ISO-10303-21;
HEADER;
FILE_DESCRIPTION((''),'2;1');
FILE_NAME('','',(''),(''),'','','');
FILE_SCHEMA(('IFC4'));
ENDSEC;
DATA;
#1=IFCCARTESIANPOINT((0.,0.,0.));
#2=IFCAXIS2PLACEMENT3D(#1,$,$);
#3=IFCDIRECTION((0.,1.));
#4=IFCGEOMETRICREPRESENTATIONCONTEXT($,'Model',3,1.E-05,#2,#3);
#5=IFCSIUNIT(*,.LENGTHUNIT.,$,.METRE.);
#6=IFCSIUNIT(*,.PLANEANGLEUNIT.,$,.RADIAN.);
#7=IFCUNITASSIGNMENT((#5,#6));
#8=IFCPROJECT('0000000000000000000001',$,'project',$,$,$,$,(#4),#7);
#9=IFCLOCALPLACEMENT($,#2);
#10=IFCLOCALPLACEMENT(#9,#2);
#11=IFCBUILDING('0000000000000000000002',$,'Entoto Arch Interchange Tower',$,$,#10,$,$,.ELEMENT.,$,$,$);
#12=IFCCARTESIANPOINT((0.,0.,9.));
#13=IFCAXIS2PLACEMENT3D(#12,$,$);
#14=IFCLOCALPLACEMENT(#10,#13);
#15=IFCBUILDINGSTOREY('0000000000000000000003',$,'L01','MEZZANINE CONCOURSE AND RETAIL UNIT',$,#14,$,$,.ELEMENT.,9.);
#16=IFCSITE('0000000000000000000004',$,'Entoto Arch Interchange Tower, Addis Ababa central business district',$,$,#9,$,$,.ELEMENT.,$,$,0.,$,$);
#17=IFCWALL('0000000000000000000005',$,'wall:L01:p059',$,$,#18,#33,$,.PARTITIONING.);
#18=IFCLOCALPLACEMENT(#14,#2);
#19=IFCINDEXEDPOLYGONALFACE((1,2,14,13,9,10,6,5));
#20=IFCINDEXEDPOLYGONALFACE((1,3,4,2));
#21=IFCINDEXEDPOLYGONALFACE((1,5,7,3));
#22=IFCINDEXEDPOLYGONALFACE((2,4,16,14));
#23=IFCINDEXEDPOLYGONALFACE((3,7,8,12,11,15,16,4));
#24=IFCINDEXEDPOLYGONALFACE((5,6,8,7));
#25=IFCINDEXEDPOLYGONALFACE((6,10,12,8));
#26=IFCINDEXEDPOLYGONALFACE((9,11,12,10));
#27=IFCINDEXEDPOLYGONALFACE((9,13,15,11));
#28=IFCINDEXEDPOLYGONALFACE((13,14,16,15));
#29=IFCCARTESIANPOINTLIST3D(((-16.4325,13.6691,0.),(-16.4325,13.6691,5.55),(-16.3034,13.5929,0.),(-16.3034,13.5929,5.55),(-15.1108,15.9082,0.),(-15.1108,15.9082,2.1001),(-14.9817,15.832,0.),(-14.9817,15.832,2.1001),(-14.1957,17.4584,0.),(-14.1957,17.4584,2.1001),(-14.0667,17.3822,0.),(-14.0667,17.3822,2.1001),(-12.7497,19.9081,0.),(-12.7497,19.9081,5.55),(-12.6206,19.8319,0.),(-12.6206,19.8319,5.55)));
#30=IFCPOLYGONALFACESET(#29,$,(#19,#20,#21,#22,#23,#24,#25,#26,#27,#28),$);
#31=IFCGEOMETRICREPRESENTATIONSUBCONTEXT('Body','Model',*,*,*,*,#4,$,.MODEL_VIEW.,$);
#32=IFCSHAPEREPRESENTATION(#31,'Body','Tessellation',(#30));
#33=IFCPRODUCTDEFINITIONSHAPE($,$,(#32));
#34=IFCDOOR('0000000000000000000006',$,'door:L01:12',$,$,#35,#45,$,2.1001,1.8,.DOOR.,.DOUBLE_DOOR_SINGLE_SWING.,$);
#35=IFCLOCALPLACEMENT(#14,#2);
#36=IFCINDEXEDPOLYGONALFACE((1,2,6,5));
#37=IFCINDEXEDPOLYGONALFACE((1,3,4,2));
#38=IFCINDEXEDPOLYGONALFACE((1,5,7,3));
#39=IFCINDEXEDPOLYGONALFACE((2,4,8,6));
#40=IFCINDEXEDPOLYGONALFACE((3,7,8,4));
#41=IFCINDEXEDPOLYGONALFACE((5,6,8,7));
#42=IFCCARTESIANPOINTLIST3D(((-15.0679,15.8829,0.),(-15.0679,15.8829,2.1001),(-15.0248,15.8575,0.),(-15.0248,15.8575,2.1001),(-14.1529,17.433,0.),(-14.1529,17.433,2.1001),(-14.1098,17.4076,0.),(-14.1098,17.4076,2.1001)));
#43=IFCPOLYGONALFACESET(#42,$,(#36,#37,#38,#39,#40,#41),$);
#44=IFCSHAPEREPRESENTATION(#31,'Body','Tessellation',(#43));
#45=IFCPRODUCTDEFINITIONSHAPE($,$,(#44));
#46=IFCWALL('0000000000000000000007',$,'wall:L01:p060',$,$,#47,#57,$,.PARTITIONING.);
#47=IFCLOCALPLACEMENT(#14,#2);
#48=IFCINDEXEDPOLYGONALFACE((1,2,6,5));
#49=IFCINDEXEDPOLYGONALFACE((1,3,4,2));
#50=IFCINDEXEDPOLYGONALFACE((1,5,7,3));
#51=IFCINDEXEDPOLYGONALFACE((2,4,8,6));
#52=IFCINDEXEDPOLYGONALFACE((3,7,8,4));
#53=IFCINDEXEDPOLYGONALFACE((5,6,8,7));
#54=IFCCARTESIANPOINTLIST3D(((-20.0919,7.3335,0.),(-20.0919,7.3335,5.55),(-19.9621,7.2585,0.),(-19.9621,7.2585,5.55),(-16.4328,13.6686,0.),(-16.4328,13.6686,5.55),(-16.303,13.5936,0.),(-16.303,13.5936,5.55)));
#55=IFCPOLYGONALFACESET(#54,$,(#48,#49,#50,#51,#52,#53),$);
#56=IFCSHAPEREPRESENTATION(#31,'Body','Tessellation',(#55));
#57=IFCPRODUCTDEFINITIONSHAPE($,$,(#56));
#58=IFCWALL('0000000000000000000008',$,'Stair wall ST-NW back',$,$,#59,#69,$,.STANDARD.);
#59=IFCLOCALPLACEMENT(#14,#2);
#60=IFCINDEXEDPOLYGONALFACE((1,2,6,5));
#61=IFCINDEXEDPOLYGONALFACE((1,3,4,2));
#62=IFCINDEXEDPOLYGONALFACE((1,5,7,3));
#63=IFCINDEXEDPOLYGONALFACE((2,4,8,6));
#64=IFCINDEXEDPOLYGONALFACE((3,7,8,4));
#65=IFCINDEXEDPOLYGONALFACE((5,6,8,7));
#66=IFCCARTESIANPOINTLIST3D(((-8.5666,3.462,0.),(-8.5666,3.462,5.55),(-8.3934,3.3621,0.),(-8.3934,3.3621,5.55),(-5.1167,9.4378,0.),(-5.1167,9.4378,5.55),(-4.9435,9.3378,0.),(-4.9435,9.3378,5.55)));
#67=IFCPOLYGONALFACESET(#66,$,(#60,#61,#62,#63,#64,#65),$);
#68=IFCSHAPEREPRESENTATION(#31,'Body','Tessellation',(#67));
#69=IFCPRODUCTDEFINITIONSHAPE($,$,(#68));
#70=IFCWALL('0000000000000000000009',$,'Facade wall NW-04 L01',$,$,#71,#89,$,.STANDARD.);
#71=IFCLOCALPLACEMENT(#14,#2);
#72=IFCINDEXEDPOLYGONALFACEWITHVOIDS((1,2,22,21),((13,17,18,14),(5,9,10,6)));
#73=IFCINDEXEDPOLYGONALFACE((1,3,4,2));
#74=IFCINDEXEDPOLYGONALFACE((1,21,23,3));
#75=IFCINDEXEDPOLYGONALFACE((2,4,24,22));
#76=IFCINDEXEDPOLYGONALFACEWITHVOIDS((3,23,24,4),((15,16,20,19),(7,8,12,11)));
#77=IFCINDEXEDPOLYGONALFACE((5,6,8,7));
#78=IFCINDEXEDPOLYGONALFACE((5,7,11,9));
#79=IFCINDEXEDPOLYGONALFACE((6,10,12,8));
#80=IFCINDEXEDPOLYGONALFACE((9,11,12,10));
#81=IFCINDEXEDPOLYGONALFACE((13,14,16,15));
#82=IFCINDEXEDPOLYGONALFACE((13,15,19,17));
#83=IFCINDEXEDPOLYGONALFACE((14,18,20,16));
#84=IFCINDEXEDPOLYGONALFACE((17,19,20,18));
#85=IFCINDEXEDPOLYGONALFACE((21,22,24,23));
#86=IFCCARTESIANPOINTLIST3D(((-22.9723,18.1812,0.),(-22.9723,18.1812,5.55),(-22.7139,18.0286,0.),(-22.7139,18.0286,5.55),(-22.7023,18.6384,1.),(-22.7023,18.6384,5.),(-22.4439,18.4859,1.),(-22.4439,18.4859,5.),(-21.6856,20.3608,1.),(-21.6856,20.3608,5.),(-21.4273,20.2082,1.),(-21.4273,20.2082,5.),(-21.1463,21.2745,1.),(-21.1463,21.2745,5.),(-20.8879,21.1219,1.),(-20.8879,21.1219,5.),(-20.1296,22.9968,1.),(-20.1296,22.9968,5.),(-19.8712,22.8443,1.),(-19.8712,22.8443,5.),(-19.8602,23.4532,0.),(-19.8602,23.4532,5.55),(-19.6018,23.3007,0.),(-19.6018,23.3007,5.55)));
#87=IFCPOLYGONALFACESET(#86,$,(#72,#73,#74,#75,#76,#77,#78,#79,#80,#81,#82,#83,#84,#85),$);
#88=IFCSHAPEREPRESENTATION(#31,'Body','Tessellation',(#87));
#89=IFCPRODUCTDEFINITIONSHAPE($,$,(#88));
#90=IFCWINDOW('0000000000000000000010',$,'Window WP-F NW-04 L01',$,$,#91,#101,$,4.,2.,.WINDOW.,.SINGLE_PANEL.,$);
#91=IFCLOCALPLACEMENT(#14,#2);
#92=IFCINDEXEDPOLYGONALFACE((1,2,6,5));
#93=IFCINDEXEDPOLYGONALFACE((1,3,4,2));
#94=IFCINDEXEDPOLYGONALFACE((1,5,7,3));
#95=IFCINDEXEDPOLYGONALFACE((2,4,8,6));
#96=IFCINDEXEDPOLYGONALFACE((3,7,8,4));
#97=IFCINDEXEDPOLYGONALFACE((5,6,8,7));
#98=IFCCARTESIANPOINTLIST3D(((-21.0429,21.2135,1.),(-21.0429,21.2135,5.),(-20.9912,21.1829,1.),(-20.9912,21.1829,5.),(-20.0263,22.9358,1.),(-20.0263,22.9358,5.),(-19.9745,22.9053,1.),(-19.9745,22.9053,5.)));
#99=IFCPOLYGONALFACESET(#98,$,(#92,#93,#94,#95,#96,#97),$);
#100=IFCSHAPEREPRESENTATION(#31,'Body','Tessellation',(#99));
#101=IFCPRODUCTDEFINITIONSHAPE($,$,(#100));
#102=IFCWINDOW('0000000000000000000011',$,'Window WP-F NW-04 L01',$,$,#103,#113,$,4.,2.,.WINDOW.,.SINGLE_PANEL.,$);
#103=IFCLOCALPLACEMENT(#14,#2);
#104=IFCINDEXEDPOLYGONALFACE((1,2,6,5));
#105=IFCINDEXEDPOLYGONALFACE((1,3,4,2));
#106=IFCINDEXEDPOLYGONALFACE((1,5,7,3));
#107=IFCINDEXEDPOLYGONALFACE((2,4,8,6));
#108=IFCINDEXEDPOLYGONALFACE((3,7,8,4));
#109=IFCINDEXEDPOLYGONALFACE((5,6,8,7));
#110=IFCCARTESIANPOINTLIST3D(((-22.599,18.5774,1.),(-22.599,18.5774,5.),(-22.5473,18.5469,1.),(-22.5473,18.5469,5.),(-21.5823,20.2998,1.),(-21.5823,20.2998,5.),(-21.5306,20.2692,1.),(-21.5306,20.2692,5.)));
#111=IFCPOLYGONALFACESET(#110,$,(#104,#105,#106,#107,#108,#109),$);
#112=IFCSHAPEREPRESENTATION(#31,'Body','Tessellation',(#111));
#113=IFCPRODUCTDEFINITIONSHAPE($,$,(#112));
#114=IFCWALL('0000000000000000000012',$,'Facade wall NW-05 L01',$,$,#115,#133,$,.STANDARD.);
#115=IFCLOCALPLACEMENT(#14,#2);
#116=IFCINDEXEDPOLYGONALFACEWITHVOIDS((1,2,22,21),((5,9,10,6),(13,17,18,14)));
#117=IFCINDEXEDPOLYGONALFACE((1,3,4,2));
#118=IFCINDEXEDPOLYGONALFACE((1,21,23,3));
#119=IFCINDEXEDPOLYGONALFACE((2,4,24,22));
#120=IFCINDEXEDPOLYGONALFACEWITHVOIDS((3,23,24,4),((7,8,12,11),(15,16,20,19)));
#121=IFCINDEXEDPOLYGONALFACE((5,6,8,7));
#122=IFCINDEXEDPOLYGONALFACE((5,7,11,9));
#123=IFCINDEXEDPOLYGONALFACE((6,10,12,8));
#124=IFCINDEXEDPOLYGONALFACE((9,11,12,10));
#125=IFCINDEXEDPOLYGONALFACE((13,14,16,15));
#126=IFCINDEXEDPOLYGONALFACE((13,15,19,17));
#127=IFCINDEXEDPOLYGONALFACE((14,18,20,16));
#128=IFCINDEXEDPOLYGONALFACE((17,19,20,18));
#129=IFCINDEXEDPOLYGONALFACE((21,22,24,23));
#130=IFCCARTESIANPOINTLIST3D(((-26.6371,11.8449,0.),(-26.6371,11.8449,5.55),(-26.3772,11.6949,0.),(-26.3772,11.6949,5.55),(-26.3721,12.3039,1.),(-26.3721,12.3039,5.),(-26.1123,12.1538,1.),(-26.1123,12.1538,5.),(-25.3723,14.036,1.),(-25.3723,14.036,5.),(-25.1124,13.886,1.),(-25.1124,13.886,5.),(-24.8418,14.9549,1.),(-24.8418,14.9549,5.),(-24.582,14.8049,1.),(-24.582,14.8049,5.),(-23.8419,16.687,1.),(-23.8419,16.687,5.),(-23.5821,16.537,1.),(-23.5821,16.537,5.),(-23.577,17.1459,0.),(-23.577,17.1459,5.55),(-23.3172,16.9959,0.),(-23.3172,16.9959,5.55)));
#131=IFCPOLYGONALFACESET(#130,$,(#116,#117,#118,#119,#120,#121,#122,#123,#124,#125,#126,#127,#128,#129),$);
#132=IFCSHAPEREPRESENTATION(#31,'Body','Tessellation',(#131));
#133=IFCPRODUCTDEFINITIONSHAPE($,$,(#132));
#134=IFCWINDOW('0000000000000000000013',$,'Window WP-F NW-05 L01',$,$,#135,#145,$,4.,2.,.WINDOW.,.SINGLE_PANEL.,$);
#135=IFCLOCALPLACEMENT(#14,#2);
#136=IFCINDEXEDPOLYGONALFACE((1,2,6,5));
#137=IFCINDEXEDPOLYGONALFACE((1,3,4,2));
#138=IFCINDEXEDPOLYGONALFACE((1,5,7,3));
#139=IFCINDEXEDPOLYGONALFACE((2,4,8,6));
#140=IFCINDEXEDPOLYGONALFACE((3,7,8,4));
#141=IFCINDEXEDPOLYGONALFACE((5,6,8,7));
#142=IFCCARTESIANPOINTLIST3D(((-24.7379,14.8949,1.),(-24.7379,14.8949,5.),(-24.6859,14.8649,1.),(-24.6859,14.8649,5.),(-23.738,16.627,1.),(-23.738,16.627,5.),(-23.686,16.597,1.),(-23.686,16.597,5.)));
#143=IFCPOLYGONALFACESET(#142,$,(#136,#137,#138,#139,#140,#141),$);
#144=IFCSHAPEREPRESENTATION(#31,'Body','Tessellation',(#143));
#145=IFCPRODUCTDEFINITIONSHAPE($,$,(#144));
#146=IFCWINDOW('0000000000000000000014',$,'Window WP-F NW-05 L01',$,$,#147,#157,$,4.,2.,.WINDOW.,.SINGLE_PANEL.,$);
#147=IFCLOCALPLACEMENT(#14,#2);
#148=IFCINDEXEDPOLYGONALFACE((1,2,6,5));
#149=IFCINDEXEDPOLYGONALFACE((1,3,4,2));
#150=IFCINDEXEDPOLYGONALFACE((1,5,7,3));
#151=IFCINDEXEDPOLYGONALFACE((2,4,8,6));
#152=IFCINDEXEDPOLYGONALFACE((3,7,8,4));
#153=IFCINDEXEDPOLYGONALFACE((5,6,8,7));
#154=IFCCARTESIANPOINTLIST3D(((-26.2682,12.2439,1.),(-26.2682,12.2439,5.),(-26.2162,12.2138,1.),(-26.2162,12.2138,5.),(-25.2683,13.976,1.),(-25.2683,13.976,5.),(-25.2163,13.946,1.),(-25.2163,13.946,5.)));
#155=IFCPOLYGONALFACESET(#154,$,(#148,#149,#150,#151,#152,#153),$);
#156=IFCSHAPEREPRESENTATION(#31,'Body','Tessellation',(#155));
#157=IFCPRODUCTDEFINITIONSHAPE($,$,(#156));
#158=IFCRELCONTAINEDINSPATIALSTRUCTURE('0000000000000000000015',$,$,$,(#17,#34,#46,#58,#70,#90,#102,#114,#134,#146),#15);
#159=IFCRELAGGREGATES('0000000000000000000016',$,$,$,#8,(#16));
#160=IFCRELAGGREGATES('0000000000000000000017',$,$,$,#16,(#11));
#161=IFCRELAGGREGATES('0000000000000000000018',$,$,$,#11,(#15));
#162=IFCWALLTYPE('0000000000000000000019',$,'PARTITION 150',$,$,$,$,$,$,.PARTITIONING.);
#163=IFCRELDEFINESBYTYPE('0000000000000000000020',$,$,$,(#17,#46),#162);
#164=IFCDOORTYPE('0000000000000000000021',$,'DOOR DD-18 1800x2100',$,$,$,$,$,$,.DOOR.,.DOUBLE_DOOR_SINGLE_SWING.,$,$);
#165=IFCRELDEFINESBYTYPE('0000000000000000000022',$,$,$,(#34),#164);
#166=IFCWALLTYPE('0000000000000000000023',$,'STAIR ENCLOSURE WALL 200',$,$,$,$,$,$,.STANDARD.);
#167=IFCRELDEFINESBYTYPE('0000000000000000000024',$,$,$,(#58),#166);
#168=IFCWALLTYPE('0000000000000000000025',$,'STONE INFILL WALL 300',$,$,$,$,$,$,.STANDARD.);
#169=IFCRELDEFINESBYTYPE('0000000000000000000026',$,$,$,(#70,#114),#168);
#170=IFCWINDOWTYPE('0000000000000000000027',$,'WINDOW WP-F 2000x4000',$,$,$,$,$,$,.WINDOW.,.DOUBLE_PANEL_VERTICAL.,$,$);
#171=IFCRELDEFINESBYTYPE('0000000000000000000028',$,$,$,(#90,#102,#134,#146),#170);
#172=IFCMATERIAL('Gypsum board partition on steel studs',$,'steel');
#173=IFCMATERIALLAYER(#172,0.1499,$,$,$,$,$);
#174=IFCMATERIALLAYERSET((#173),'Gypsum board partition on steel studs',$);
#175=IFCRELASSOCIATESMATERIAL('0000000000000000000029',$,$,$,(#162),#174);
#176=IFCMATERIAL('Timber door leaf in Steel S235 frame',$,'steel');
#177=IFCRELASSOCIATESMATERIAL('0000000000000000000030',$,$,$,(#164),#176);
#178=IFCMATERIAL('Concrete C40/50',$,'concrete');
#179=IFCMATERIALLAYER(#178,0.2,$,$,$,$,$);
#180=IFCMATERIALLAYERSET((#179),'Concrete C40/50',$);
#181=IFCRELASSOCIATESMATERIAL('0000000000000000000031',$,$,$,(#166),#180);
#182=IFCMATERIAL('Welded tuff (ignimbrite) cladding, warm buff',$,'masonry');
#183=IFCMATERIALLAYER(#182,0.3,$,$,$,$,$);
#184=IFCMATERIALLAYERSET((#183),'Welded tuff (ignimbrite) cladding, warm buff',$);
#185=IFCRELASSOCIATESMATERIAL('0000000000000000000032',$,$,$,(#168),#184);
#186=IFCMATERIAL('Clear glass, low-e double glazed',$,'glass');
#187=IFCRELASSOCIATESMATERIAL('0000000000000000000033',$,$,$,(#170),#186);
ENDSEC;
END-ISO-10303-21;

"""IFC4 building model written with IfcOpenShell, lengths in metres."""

from ifc_helpers import new_model, si_unit, direction, frame, frame_2d, origin, place, context, subcontext, project, spatial, rectangle, extrude, material, layer, layer_set, type_object, element, fill, save


model = new_model("IFC4")

# Units and contexts
model_context = context("Model", 3, precision=1e-05, world=origin(), true_north=direction((0.0, 1.0)))
body_context = subcontext(model_context, "Body", "Model", "MODEL_VIEW")
ifc_project = project(units=[si_unit("LENGTHUNIT", "METRE"), si_unit("PLANEANGLEUNIT", "RADIAN")], contexts=[model_context])

# Site, building, storey
site_placement = place(None, origin())
site = spatial("IfcSite", under=ifc_project, at=site_placement, Name="Entoto Arch Interchange Tower, Addis Ababa central business district", CompositionType="ELEMENT", RefElevation=0.0)
building_placement = place(site_placement, origin())
building = spatial("IfcBuilding", under=site, at=building_placement, Name="Entoto Arch Interchange Tower", CompositionType="ELEMENT")
storey_placement = place(building_placement, frame((0.0, 0.0, 9.0)))
storey = spatial("IfcBuildingStorey", under=building, at=storey_placement, Name="L01", Description="MEZZANINE CONCOURSE AND RETAIL UNIT", CompositionType="ELEMENT", Elevation=9.0)

# Shared definitions
ifc_material_1 = material(Name="Concrete C40/50", Category="concrete")

# Shared definitions
ifc_material_2 = material(Name="Gypsum board partition on steel studs", Category="steel")
ifc_layer_1 = layer(ifc_material_2, 0.1499)
ifc_layer_set_1 = layer_set([ifc_layer_1], Name="Gypsum board partition on steel studs")
wall_type_1 = type_object("IfcWallType", Name="PARTITION 150", PredefinedType="PARTITIONING", material=ifc_layer_set_1)

# Wall, opening, door
wall_1_placement = place(storey_placement, frame((-12.6851, 19.8701, 0.0), z_axis=(0.0, 0.0, 1.0), x_axis=(-0.508338, -0.861158, 0.0)))
wall_1 = element("IfcWall", 1, at=wall_1_placement, inside=storey, type_object=wall_type_1, Name="wall:L01:p059", PredefinedType="PARTITIONING", context=body_context, shape_type="SweptSolid", body=[
    extrude(rectangle(XDim=7.2449, YDim=0.1499, at=frame_2d((3.6226, 0.0))), origin(), (0.0, 0.0, 1.0), 5.55),
])
opening_1_placement = place(wall_1_placement, frame((2.845, 0.0, 0.0)))
opening_1 = element("IfcOpeningElement", 2, at=opening_1_placement, cuts=wall_1, PredefinedType="OPENING", context=body_context, shape_type="SweptSolid", body=[
    extrude(rectangle(XDim=1.8, YDim=2.1001, at=frame_2d((0.8999, 1.05))), frame((0.0, 0.085, 0.0), z_axis=(0.0, -1.0, 0.0), x_axis=(1.0, 0.0, 0.0)), (0.0, 0.0, 1.0), 0.1699),
])
ifc_material_3 = material(Name="Timber door leaf in Steel S235 frame", Category="steel")
door_type_1 = type_object("IfcDoorType", Name="DOOR DD-18 1800x2100", OperationType="DOUBLE_DOOR_SINGLE_SWING", PredefinedType="DOOR", material=ifc_material_3)
door_1_placement = place(opening_1_placement, origin())
door_1 = element("IfcDoor", 3, at=door_1_placement, inside=storey, type_object=door_type_1, Name="door:L01:12", OperationType="DOUBLE_DOOR_SINGLE_SWING", OverallHeight=2.1001, OverallWidth=1.8, PredefinedType="DOOR", context=body_context, shape_type="SweptSolid", body=[
    extrude(rectangle(XDim=1.8, YDim=2.1001, at=frame_2d((0.8999, 1.05))), frame((0.0, 0.0249, 0.0), z_axis=(0.0, -1.0, 0.0), x_axis=(1.0, 0.0, 0.0)), (0.0, 0.0, 1.0), 0.05),
])
fill(opening_1, door_1)

# Walls
wall_2_placement = place(storey_placement, frame((-16.3679, 13.6311, 0.0), z_axis=(0.0, 0.0, 1.0), x_axis=(-0.500159, -0.865934, 0.0)))
element("IfcWall", 4, at=wall_2_placement, inside=storey, type_object=wall_type_1, Name="wall:L01:p060", PredefinedType="PARTITIONING", context=body_context, shape_type="SweptSolid", body=[
    extrude(rectangle(XDim=7.3159, YDim=0.1499, at=frame_2d((3.658, 0.0))), origin(), (0.0, 0.0, 1.0), 5.55),
])
ifc_layer_2 = layer(ifc_material_1, 0.2)
ifc_layer_set_2 = layer_set([ifc_layer_2], Name="Concrete C40/50")
wall_type_2 = type_object("IfcWallType", Name="STAIR ENCLOSURE WALL 200", PredefinedType="STANDARD", material=ifc_layer_set_2)
wall_3_placement = place(storey_placement, frame((-5.03, 9.3879, 0.0), z_axis=(0.0, 0.0, 1.0), x_axis=(-0.499979, -0.866038, 0.0)))
element("IfcWall", 5, at=wall_3_placement, inside=storey, type_object=wall_type_2, Name="Stair wall ST-NW back", PredefinedType="STANDARD", context=body_context, shape_type="SweptSolid", body=[
    extrude(rectangle(XDim=6.9001, YDim=0.2, at=frame_2d((3.4502, 0.0))), origin(), (0.0, 0.0, 1.0), 5.55),
])

# Walls, openings, windows
ifc_material_4 = material(Name="Welded tuff (ignimbrite) cladding, warm buff", Category="masonry")
ifc_layer_3 = layer(ifc_material_4, 0.3)
ifc_layer_set_3 = layer_set([ifc_layer_3], Name="Welded tuff (ignimbrite) cladding, warm buff")
wall_type_3 = type_object("IfcWallType", Name="STONE INFILL WALL 300", PredefinedType="STANDARD", material=ifc_layer_set_3)
wall_4_placement = place(storey_placement, frame((-19.731, 23.377, 0.0), z_axis=(0.0, 0.0, 1.0), x_axis=(-0.508342, -0.861155, 0.0)))
wall_4 = element("IfcWall", 6, at=wall_4_placement, inside=storey, type_object=wall_type_3, Name="Facade wall NW-04 L01", PredefinedType="STANDARD", context=body_context, shape_type="SweptSolid", body=[
    extrude(rectangle(XDim=6.1221, YDim=0.3, at=frame_2d((3.061, 0.0))), origin(), (0.0, 0.0, 1.0), 5.55),
])
opening_2_placement = place(wall_4_placement, frame((0.53, 0.0, 1.0)))
opening_2 = element("IfcOpeningElement", 7, at=opening_2_placement, cuts=wall_4, PredefinedType="OPENING", context=body_context, shape_type="SweptSolid", body=[
    extrude(rectangle(XDim=2.0, YDim=4.0, at=frame_2d((1.0, 2.0))), frame((0.0, 0.1602, 0.0), z_axis=(0.0, -1.0, 0.0), x_axis=(1.0, 0.0, 0.0)), (0.0, 0.0, 1.0), 0.3201),
])
opening_3_placement = place(wall_4_placement, frame((3.5911, 0.0, 1.0)))
opening_3 = element("IfcOpeningElement", 8, at=opening_3_placement, cuts=wall_4, PredefinedType="OPENING", context=body_context, shape_type="SweptSolid", body=[
    extrude(rectangle(XDim=2.0, YDim=4.0, at=frame_2d((1.0, 2.0))), frame((0.0, 0.1602, 0.0), z_axis=(0.0, -1.0, 0.0), x_axis=(1.0, 0.0, 0.0)), (0.0, 0.0, 1.0), 0.3201),
])
ifc_material_5 = material(Name="Clear glass, low-e double glazed", Category="glass")
window_type = type_object("IfcWindowType", Name="WINDOW WP-F 2000x4000", PartitioningType="DOUBLE_PANEL_VERTICAL", PredefinedType="WINDOW", material=ifc_material_5)
window_1_placement = place(opening_2_placement, origin())
window_1 = element("IfcWindow", 9, at=window_1_placement, inside=storey, type_object=window_type, Name="Window WP-F NW-04 L01", OverallHeight=4.0, OverallWidth=2.0, PartitioningType="SINGLE_PANEL", PredefinedType="WINDOW", context=body_context, shape_type="SweptSolid", body=[
    extrude(rectangle(XDim=2.0, YDim=4.0, at=frame_2d((1.0, 2.0))), frame((0.0, 0.03, 0.0), z_axis=(0.0, -1.0, 0.0), x_axis=(1.0, 0.0, 0.0)), (0.0, 0.0, 1.0), 0.0601),
])
fill(opening_2, window_1)
window_2_placement = place(opening_3_placement, origin())
window_2 = element("IfcWindow", 10, at=window_2_placement, inside=storey, type_object=window_type, Name="Window WP-F NW-04 L01", OverallHeight=4.0, OverallWidth=2.0, PartitioningType="SINGLE_PANEL", PredefinedType="WINDOW", context=body_context, shape_type="SweptSolid", body=[
    extrude(rectangle(XDim=2.0, YDim=4.0, at=frame_2d((1.0, 2.0))), frame((0.0, 0.03, 0.0), z_axis=(0.0, -1.0, 0.0), x_axis=(1.0, 0.0, 0.0)), (0.0, 0.0, 1.0), 0.0601),
])
fill(opening_3, window_2)
wall_5_placement = place(storey_placement, frame((-23.447, 17.071, 0.0), z_axis=(0.0, 0.0, 1.0), x_axis=(-0.49994, -0.86606, 0.0)))
wall_5 = element("IfcWall", 11, at=wall_5_placement, inside=storey, type_object=wall_type_3, Name="Facade wall NW-05 L01", PredefinedType="STANDARD", context=body_context, shape_type="SweptSolid", body=[
    extrude(rectangle(XDim=6.1208, YDim=0.3, at=frame_2d((3.0605, 0.0))), origin(), (0.0, 0.0, 1.0), 5.55),
])
opening_4_placement = place(wall_5_placement, frame((0.53, 0.0, 1.0)))
opening_4 = element("IfcOpeningElement", 12, at=opening_4_placement, cuts=wall_5, PredefinedType="OPENING", context=body_context, shape_type="SweptSolid", body=[
    extrude(rectangle(XDim=2.0, YDim=4.0, at=frame_2d((1.0, 2.0))), frame((0.0, 0.1602, 0.0), z_axis=(0.0, -1.0, 0.0), x_axis=(1.0, 0.0, 0.0)), (0.0, 0.0, 1.0), 0.3201),
])
opening_5_placement = place(wall_5_placement, frame((3.5911, 0.0, 1.0)))
opening_5 = element("IfcOpeningElement", 13, at=opening_5_placement, cuts=wall_5, PredefinedType="OPENING", context=body_context, shape_type="SweptSolid", body=[
    extrude(rectangle(XDim=2.0, YDim=4.0, at=frame_2d((1.0, 2.0))), frame((0.0, 0.1602, 0.0), z_axis=(0.0, -1.0, 0.0), x_axis=(1.0, 0.0, 0.0)), (0.0, 0.0, 1.0), 0.3201),
])
window_3_placement = place(opening_4_placement, origin())
window_3 = element("IfcWindow", 14, at=window_3_placement, inside=storey, type_object=window_type, Name="Window WP-F NW-05 L01", OverallHeight=4.0, OverallWidth=2.0, PartitioningType="SINGLE_PANEL", PredefinedType="WINDOW", context=body_context, shape_type="SweptSolid", body=[
    extrude(rectangle(XDim=2.0, YDim=4.0, at=frame_2d((1.0, 2.0))), frame((0.0, 0.03, 0.0), z_axis=(0.0, -1.0, 0.0), x_axis=(1.0, 0.0, 0.0)), (0.0, 0.0, 1.0), 0.0601),
])
fill(opening_4, window_3)
window_4_placement = place(opening_5_placement, origin())
window_4 = element("IfcWindow", 15, at=window_4_placement, inside=storey, type_object=window_type, Name="Window WP-F NW-05 L01", OverallHeight=4.0, OverallWidth=2.0, PartitioningType="SINGLE_PANEL", PredefinedType="WINDOW", context=body_context, shape_type="SweptSolid", body=[
    extrude(rectangle(XDim=2.0, YDim=4.0, at=frame_2d((1.0, 2.0))), frame((0.0, 0.03, 0.0), z_axis=(0.0, -1.0, 0.0), x_axis=(1.0, 0.0, 0.0)), (0.0, 0.0, 1.0), 0.0601),
])
fill(opening_5, window_4)

save(model, "model.ifc")
